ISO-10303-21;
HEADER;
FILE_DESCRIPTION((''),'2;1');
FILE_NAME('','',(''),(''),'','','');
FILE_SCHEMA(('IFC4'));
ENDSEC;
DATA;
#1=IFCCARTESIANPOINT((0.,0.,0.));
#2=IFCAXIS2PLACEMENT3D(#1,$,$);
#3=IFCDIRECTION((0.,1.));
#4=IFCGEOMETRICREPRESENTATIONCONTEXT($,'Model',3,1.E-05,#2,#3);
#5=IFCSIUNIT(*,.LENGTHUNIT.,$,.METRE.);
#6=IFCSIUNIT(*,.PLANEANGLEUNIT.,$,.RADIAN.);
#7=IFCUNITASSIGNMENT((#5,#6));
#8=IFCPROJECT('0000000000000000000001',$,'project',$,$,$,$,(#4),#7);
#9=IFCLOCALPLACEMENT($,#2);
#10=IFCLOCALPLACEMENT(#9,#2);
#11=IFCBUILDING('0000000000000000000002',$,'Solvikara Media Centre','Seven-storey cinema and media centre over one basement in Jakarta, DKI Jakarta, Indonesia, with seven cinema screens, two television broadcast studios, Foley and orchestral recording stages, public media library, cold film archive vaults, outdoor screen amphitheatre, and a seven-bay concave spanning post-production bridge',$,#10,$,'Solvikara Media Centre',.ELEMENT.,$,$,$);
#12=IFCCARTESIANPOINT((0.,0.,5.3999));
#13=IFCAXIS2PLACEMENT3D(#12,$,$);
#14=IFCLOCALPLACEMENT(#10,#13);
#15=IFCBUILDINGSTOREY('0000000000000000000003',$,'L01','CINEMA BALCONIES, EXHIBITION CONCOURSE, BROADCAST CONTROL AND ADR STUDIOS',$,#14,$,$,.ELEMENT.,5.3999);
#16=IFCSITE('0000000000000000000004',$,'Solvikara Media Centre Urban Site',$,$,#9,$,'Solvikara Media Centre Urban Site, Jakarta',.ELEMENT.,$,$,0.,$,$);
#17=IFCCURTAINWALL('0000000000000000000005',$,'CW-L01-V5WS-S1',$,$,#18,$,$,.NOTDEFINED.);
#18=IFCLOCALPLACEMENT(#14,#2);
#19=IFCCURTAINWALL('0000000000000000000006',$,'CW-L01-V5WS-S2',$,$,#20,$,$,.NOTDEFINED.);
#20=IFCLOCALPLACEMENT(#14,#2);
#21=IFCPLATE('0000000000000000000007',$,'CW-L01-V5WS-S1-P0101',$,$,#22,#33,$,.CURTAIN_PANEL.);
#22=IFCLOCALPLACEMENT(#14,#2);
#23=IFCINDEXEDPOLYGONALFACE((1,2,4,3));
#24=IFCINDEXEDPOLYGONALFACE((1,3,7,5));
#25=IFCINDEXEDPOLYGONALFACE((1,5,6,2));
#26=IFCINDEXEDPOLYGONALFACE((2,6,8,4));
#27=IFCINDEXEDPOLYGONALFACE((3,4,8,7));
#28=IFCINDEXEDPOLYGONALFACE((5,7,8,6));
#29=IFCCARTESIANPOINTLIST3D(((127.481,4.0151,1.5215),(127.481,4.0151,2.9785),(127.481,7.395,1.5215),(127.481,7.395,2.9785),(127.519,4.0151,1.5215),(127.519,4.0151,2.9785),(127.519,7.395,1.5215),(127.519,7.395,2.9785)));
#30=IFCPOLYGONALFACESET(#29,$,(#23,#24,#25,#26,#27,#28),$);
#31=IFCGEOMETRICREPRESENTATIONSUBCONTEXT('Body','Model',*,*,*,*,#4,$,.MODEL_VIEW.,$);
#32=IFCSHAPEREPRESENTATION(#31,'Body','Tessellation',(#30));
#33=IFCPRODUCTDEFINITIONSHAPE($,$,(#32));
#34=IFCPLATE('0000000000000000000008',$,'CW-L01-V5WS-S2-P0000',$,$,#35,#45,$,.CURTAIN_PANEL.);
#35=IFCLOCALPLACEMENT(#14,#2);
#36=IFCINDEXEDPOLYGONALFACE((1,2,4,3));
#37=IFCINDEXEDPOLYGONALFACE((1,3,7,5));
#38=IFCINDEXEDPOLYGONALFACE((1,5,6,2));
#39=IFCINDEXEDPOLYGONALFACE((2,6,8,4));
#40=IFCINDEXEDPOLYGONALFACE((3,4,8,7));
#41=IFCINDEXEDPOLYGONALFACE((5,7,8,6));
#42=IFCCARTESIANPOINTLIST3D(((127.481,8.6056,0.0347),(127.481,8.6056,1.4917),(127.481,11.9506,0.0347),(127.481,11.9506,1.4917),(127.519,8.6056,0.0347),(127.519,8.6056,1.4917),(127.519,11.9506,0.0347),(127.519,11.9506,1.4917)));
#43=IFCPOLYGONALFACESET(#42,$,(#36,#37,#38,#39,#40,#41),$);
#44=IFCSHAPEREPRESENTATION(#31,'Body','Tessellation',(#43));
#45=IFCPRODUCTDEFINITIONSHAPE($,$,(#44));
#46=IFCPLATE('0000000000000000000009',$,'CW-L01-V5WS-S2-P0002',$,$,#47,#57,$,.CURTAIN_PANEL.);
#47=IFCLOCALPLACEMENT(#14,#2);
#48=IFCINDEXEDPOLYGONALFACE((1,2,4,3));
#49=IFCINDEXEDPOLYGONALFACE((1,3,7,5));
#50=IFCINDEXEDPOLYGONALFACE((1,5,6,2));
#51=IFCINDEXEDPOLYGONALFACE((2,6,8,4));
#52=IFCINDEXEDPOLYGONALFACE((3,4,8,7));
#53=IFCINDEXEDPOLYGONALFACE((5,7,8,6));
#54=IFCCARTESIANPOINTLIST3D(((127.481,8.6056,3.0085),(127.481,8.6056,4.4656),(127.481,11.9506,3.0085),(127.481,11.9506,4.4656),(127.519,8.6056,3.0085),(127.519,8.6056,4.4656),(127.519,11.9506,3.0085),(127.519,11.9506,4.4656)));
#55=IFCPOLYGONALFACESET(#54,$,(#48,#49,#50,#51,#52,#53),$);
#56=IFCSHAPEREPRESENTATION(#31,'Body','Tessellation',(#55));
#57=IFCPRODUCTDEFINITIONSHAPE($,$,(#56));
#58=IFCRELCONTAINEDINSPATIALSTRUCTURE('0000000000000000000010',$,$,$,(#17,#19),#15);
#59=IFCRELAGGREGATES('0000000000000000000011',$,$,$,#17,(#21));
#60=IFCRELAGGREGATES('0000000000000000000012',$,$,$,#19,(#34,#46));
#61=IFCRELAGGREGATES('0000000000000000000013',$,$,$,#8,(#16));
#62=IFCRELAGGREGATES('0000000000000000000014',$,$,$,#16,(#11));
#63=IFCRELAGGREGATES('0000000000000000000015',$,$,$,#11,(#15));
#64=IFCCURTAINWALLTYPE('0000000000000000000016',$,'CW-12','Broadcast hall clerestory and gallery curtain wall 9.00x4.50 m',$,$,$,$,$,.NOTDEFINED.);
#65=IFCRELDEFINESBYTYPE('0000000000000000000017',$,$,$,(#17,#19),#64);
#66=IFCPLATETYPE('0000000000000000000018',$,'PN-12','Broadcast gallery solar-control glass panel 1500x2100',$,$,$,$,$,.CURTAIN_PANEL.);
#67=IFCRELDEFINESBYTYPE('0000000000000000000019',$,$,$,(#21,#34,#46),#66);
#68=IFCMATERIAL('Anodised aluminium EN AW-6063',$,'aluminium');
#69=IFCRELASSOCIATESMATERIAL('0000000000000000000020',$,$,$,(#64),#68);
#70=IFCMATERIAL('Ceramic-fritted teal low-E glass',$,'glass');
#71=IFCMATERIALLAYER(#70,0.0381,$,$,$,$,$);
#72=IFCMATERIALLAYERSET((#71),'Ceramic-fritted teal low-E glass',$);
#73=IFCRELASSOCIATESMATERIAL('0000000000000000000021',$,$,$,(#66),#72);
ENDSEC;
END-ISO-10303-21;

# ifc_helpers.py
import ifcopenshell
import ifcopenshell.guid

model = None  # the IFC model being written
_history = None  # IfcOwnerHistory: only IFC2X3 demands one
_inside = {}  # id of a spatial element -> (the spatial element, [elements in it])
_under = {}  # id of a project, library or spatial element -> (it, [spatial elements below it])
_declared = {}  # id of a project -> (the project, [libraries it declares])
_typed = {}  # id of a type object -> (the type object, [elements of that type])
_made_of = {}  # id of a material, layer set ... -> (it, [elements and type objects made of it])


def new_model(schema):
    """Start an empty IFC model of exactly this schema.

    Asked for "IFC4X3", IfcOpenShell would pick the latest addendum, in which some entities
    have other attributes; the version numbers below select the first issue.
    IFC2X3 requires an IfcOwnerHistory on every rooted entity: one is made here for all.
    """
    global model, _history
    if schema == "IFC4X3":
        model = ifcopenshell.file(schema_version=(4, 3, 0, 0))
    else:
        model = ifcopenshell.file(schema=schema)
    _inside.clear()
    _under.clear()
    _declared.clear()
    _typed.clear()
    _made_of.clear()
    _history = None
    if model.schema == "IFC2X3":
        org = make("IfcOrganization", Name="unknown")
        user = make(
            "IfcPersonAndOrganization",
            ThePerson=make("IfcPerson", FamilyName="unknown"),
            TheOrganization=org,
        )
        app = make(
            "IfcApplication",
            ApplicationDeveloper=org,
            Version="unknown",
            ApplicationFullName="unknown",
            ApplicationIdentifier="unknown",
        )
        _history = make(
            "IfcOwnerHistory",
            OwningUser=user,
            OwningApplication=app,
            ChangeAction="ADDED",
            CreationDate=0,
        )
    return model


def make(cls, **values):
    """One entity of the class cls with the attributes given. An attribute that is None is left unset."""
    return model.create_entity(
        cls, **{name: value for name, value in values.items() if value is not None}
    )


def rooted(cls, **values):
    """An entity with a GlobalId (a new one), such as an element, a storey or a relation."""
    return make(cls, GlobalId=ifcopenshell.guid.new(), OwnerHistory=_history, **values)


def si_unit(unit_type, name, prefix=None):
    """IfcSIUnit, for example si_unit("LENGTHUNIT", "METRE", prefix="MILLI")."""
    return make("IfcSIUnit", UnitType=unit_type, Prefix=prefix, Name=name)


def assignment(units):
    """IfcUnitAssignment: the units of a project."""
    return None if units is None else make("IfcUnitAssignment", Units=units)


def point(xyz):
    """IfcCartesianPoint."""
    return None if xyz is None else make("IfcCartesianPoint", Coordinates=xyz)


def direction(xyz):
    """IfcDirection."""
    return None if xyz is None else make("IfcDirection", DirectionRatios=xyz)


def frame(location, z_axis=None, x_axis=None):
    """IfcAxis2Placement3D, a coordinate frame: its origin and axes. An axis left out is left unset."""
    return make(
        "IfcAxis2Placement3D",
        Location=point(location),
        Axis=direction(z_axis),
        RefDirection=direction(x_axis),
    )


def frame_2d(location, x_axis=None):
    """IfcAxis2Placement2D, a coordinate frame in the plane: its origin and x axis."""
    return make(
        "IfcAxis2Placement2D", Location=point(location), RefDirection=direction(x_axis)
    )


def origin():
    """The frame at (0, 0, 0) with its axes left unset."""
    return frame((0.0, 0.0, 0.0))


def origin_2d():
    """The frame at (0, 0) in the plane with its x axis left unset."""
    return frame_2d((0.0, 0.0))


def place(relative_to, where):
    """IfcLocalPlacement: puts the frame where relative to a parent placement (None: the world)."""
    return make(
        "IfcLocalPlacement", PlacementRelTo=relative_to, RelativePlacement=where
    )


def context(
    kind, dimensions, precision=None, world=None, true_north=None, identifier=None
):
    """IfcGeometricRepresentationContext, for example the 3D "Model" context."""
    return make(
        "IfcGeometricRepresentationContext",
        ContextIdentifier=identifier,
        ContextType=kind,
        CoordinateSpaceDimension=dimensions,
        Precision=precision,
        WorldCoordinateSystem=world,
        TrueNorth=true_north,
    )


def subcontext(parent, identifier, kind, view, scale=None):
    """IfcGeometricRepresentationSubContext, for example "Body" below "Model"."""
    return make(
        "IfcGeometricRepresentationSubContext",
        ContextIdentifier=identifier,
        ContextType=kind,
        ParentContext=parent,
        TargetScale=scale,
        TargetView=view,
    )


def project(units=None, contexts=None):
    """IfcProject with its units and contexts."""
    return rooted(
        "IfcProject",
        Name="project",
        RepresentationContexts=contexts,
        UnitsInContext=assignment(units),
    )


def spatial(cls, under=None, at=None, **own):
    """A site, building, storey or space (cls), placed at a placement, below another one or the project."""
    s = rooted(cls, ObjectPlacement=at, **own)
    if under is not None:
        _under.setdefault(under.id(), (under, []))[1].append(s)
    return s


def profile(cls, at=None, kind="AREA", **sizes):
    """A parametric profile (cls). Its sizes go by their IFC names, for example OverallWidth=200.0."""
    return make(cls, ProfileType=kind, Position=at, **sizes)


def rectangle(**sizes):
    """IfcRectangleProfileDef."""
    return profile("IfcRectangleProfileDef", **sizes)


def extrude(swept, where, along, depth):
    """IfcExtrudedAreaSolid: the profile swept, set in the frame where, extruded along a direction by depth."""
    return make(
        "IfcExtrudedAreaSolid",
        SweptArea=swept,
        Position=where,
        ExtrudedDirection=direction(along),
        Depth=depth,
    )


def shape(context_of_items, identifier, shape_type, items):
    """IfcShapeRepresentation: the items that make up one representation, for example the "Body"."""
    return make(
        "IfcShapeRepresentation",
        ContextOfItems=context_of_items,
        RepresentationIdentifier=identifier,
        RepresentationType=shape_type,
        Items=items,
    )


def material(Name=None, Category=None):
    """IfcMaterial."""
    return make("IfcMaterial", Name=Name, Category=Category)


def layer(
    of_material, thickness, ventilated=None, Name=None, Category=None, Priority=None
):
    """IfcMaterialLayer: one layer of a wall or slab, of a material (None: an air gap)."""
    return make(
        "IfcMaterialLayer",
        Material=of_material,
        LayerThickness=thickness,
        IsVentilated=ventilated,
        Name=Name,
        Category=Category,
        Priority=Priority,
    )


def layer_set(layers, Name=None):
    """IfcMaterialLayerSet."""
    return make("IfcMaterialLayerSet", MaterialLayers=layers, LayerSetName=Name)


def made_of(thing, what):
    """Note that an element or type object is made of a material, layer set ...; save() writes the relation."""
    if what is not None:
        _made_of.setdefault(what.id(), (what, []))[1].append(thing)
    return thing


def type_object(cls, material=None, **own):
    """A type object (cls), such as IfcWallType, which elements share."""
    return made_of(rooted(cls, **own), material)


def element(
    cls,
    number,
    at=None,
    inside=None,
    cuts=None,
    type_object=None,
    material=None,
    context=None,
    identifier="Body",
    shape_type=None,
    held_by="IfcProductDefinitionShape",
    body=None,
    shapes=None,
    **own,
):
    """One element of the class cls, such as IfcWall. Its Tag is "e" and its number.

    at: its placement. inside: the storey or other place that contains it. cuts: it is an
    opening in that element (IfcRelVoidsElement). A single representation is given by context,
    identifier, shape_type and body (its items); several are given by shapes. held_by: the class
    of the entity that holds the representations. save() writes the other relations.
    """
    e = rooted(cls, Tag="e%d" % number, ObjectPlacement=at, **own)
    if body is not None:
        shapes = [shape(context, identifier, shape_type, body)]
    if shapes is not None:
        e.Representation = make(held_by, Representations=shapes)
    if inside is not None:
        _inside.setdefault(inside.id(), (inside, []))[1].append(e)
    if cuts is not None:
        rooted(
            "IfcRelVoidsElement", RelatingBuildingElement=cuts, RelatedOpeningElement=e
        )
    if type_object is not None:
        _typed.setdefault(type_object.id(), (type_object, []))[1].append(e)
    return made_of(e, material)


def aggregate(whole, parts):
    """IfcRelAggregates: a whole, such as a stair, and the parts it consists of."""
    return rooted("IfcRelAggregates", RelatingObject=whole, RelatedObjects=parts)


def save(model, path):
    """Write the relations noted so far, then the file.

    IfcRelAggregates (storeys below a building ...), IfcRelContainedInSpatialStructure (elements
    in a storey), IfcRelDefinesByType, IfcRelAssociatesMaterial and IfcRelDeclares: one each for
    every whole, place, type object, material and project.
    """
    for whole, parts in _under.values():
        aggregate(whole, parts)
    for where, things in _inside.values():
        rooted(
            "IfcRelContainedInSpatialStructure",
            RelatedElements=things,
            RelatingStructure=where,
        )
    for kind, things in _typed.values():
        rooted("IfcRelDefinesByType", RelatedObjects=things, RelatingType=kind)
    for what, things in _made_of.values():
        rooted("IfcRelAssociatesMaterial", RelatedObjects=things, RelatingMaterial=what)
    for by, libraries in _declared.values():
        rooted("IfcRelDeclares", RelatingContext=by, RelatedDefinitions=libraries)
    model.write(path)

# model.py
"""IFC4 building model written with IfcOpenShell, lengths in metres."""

from ifc_helpers import new_model, si_unit, direction, frame, origin, origin_2d, place, context, subcontext, project, spatial, rectangle, extrude, material, layer, layer_set, type_object, element, aggregate, save


model = new_model("IFC4")

# Units and contexts
model_context = context("Model", 3, precision=1e-05, world=origin(), true_north=direction((0.0, 1.0)))
body_context = subcontext(model_context, "Body", "Model", "MODEL_VIEW")
ifc_project = project(units=[si_unit("LENGTHUNIT", "METRE"), si_unit("PLANEANGLEUNIT", "RADIAN")], contexts=[model_context])

# Site, building, storey
site_placement = place(None, origin())
site = spatial("IfcSite", under=ifc_project, at=site_placement, Name="Solvikara Media Centre Urban Site", LongName="Solvikara Media Centre Urban Site, Jakarta", CompositionType="ELEMENT", RefElevation=0.0)
building_placement = place(site_placement, origin())
building = spatial("IfcBuilding", under=site, at=building_placement, Name="Solvikara Media Centre", Description="Seven-storey cinema and media centre over one basement in Jakarta, DKI Jakarta, Indonesia, with seven cinema screens, two television broadcast studios, Foley and orchestral recording stages, public media library, cold film archive vaults, outdoor screen amphitheatre, and a seven-bay concave spanning post-production bridge", LongName="Solvikara Media Centre", CompositionType="ELEMENT")
storey_placement = place(building_placement, frame((0.0, 0.0, 5.3999)))
storey = spatial("IfcBuildingStorey", under=building, at=storey_placement, Name="L01", Description="CINEMA BALCONIES, EXHIBITION CONCOURSE, BROADCAST CONTROL AND ADR STUDIOS", CompositionType="ELEMENT", Elevation=5.3999)

# Curtain walls
ifc_material_1 = material(Name="Anodised aluminium EN AW-6063", Category="aluminium")
curtain_wall_type = type_object("IfcCurtainWallType", Name="CW-12", Description="Broadcast hall clerestory and gallery curtain wall 9.00x4.50 m", PredefinedType="NOTDEFINED", material=ifc_material_1)
curtain_wall_1_placement = place(storey_placement, origin())
curtain_wall_1 = element("IfcCurtainWall", 1, at=curtain_wall_1_placement, inside=storey, type_object=curtain_wall_type, Name="CW-L01-V5WS-S1", PredefinedType="NOTDEFINED")
curtain_wall_2_placement = place(storey_placement, origin())
curtain_wall_2 = element("IfcCurtainWall", 2, at=curtain_wall_2_placement, inside=storey, type_object=curtain_wall_type, Name="CW-L01-V5WS-S2", PredefinedType="NOTDEFINED")

# Plates
ifc_material_2 = material(Name="Ceramic-fritted teal low-E glass", Category="glass")
ifc_layer_1 = layer(ifc_material_2, 0.0381)
ifc_layer_set_1 = layer_set([ifc_layer_1], Name="Ceramic-fritted teal low-E glass")
plate_type_1 = type_object("IfcPlateType", Name="PN-12", Description="Broadcast gallery solar-control glass panel 1500x2100", PredefinedType="CURTAIN_PANEL", material=ifc_layer_set_1)
plate_1_placement = place(storey_placement, frame((127.5, 5.7051, 1.5215), z_axis=(0.0, 0.0, 1.0), x_axis=(0.0, 1.0, 0.0)))
plate_1 = element("IfcPlate", 3, at=plate_1_placement, type_object=plate_type_1, Name="CW-L01-V5WS-S1-P0101", PredefinedType="CURTAIN_PANEL", context=body_context, shape_type="SweptSolid", body=[
    extrude(rectangle(XDim=3.3799, YDim=0.0381, at=origin_2d()), origin(), (0.0, 0.0, 1.0), 1.457),
])
aggregate(curtain_wall_1, [plate_1])
plate_2_placement = place(storey_placement, frame((127.5, 10.2781, 0.0347), z_axis=(0.0, 0.0, 1.0), x_axis=(0.0, 1.0, 0.0)))
plate_2 = element("IfcPlate", 4, at=plate_2_placement, type_object=plate_type_1, Name="CW-L01-V5WS-S2-P0000", PredefinedType="CURTAIN_PANEL", context=body_context, shape_type="SweptSolid", body=[
    extrude(rectangle(XDim=3.345, YDim=0.0381, at=origin_2d()), origin(), (0.0, 0.0, 1.0), 1.457),
])
plate_3_placement = place(storey_placement, frame((127.5, 10.2781, 3.0085), z_axis=(0.0, 0.0, 1.0), x_axis=(0.0, 1.0, 0.0)))
plate_3 = element("IfcPlate", 5, at=plate_3_placement, type_object=plate_type_1, Name="CW-L01-V5WS-S2-P0002", PredefinedType="CURTAIN_PANEL", context=body_context, shape_type="SweptSolid", body=[
    extrude(rectangle(XDim=3.345, YDim=0.0381, at=origin_2d()), origin(), (0.0, 0.0, 1.0), 1.457),
])
aggregate(curtain_wall_2, [plate_2, plate_3])

save(model, "model.ifc")
